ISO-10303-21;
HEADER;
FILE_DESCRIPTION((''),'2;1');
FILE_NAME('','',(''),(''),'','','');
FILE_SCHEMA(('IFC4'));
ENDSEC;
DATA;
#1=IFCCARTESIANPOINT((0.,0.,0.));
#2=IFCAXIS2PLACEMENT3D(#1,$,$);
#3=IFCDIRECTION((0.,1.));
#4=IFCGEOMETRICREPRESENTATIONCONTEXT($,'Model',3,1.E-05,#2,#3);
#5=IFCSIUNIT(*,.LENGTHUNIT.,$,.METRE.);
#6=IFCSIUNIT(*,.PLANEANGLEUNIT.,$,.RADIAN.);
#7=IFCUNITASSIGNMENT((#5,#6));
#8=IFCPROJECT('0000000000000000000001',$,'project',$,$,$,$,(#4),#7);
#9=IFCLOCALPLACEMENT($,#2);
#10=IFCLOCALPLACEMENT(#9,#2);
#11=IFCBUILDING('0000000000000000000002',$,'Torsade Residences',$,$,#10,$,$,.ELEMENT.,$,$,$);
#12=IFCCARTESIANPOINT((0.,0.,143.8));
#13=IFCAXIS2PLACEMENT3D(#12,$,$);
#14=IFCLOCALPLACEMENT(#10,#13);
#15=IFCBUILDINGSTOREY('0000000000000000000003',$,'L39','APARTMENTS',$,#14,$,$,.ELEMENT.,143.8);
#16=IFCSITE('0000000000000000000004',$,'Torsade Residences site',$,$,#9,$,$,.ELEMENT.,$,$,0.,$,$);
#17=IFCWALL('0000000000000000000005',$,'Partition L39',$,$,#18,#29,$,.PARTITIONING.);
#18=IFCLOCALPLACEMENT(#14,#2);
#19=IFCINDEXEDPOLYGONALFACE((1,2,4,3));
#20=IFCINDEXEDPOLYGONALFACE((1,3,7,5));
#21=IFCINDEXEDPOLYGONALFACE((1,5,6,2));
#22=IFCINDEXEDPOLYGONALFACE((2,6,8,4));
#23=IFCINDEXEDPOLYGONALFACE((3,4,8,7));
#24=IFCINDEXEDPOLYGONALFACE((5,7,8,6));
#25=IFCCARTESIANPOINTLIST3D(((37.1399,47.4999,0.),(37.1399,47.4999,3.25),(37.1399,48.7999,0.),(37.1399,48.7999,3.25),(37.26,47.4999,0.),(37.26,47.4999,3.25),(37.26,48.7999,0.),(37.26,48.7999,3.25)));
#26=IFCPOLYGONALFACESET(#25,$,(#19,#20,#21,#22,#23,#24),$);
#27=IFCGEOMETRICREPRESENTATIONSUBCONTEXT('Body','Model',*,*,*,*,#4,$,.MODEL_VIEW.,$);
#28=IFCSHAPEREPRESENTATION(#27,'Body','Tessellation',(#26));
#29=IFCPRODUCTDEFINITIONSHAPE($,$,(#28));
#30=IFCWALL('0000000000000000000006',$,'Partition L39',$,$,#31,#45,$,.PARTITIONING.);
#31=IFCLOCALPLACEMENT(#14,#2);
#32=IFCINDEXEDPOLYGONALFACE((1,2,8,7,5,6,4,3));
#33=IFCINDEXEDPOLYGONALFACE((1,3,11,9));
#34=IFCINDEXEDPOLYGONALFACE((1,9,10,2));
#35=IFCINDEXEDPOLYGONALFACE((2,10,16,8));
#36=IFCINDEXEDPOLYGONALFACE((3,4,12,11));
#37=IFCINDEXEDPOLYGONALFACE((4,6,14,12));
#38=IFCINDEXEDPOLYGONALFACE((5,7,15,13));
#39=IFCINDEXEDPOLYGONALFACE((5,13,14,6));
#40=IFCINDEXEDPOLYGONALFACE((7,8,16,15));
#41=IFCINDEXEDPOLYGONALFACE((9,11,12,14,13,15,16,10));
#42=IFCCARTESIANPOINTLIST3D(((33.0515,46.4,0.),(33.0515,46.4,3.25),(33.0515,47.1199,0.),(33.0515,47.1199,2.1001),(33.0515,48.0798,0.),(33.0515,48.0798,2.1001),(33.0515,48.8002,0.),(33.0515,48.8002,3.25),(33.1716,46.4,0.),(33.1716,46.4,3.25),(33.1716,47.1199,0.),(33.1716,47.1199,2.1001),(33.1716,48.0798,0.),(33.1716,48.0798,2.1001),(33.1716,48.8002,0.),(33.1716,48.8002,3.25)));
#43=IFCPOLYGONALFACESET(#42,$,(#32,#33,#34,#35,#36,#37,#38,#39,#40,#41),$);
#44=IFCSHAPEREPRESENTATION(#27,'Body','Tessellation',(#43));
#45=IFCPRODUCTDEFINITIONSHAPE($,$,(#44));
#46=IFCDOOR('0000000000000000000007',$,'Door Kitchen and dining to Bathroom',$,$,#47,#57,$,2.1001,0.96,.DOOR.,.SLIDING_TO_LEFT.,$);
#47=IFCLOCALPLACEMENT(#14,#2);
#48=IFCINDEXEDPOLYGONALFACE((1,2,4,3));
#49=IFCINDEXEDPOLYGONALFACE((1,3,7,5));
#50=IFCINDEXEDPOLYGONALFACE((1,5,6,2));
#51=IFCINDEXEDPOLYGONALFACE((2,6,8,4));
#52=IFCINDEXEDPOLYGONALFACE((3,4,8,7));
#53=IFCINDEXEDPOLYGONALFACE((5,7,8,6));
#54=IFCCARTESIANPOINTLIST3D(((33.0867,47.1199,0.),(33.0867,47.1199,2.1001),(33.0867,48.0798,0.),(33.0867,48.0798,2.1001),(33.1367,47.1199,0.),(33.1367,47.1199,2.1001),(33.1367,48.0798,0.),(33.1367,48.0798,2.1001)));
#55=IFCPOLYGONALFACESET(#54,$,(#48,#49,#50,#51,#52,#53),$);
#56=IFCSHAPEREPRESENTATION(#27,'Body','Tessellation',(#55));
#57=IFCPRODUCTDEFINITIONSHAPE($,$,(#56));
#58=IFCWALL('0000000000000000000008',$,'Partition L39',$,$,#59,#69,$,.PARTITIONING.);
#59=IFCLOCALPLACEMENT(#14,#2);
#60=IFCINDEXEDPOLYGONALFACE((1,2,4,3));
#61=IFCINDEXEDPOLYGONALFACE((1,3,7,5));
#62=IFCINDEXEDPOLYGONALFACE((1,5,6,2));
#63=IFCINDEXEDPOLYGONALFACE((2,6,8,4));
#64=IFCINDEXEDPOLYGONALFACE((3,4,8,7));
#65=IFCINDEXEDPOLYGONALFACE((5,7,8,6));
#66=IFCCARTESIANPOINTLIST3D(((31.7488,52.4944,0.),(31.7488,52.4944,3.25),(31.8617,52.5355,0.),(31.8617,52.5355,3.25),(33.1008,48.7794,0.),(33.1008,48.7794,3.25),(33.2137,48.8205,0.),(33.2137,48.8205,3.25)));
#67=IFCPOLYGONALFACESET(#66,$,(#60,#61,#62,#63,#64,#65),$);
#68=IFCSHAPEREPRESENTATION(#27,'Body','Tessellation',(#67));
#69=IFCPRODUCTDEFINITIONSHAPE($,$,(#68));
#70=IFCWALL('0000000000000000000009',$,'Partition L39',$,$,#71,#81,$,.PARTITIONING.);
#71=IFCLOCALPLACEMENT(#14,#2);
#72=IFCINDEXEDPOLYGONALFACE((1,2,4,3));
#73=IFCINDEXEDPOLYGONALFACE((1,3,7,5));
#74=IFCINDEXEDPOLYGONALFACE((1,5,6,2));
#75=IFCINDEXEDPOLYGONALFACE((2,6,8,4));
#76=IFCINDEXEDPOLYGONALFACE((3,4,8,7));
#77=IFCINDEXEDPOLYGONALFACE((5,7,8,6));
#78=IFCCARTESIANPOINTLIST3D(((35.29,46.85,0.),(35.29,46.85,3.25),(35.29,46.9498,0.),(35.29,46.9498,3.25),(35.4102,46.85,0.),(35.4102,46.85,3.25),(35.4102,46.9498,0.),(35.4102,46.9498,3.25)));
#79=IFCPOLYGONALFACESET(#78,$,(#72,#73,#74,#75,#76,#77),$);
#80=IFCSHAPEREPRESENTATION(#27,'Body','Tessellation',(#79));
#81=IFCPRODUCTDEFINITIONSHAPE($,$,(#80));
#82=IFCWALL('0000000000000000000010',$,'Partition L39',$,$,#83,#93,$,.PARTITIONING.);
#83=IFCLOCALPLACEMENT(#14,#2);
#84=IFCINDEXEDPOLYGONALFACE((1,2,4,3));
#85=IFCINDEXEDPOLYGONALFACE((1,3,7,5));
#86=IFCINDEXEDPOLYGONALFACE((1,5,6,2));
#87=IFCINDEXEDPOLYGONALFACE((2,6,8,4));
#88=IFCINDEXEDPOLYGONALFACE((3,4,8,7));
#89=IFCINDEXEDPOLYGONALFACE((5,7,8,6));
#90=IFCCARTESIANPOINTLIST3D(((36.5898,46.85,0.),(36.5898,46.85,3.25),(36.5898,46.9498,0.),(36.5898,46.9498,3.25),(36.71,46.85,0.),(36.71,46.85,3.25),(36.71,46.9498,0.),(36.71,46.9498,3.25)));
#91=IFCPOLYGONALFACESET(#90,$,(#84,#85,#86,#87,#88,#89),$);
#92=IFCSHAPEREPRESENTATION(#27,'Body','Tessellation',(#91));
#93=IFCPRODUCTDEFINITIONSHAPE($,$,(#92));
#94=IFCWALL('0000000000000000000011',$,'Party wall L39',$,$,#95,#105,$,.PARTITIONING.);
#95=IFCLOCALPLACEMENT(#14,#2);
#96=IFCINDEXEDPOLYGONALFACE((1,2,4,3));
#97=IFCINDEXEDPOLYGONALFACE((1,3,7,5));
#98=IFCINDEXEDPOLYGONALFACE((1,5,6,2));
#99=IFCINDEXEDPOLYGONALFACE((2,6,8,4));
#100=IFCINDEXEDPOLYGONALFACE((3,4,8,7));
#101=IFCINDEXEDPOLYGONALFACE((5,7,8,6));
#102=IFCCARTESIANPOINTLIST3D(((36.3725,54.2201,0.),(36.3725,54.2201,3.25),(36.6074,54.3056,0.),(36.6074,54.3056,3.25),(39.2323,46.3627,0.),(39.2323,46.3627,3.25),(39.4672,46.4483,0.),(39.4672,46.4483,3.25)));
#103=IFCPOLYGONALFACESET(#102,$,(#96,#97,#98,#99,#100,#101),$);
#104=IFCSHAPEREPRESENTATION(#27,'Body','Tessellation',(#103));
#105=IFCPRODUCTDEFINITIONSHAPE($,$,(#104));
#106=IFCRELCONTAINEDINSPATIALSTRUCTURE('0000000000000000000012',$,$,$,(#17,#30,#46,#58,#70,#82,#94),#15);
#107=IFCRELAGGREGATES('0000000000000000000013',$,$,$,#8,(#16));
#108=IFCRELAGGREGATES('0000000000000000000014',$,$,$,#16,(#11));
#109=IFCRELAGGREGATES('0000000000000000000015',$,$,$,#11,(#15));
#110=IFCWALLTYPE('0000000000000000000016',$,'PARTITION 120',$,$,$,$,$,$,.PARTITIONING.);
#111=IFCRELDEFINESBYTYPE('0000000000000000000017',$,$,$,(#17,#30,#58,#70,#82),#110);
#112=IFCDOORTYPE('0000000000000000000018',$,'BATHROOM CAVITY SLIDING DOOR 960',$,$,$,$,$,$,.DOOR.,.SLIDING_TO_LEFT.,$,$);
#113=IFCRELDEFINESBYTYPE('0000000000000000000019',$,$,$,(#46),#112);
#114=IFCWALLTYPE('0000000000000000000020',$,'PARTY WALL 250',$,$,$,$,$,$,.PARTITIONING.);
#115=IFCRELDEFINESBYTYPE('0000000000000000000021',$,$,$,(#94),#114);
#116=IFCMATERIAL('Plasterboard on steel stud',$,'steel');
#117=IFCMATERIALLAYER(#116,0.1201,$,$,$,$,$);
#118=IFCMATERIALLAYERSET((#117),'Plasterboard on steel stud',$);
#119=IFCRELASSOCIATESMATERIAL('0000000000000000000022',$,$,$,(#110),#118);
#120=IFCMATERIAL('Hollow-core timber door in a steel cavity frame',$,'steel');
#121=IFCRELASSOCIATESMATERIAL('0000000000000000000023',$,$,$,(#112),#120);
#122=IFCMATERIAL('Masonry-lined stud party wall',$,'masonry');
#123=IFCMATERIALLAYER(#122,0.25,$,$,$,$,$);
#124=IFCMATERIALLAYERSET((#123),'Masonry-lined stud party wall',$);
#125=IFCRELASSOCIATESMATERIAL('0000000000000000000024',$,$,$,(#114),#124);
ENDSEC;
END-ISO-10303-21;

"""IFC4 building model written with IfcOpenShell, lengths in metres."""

from ifc_helpers import new_model, si_unit, direction, frame, frame_2d, origin, place, context, subcontext, project, spatial, rectangle, extrude, material, layer, layer_set, type_object, element, fill, save


model = new_model("IFC4")

# Units and contexts
model_context = context("Model", 3, precision=1e-05, world=origin(), true_north=direction((0.0, 1.0)))
body_context = subcontext(model_context, "Body", "Model", "MODEL_VIEW")
ifc_project = project(units=[si_unit("LENGTHUNIT", "METRE"), si_unit("PLANEANGLEUNIT", "RADIAN")], contexts=[model_context])

# Site, building, storey
site_placement = place(None, origin())
site = spatial("IfcSite", under=ifc_project, at=site_placement, Name="Torsade Residences site", CompositionType="ELEMENT", RefElevation=0.0)
building_placement = place(site_placement, origin())
building = spatial("IfcBuilding", under=site, at=building_placement, Name="Torsade Residences", CompositionType="ELEMENT")
storey_placement = place(building_placement, frame((0.0, 0.0, 143.8)))
storey = spatial("IfcBuildingStorey", under=building, at=storey_placement, Name="L39", Description="APARTMENTS", CompositionType="ELEMENT", Elevation=143.8)

# Shared definitions
ifc_material_1 = material(Name="Plasterboard on steel stud", Category="steel")
ifc_layer_1 = layer(ifc_material_1, 0.1201)
ifc_layer_set_1 = layer_set([ifc_layer_1], Name="Plasterboard on steel stud")
wall_type_1 = type_object("IfcWallType", Name="PARTITION 120", PredefinedType="PARTITIONING", material=ifc_layer_set_1)
ifc_material_2 = material(Name="Hollow-core timber door in a steel cavity frame", Category="steel")
door_type_1 = type_object("IfcDoorType", Name="BATHROOM CAVITY SLIDING DOOR 960", OperationType="SLIDING_TO_LEFT", PredefinedType="DOOR", material=ifc_material_2)

# Wall
wall_1_placement = place(storey_placement, frame((37.2, 47.5, 0.0), z_axis=(0.0, 0.0, 1.0), x_axis=(0.0, 1.0, 0.0)))
element("IfcWall", 1, at=wall_1_placement, inside=storey, type_object=wall_type_1, Name="Partition L39", PredefinedType="PARTITIONING", context=body_context, shape_type="SweptSolid", body=[
    extrude(rectangle(XDim=1.3, YDim=0.1201, at=frame_2d((0.6499, 0.0))), origin(), (0.0, 0.0, 1.0), 3.25),
])

# Wall, opening, door
wall_2_placement = place(storey_placement, frame((33.1116, 46.3999, 0.0), z_axis=(0.0, 0.0, 1.0), x_axis=(0.0, 1.0, 0.0)))
wall_2 = element("IfcWall", 2, at=wall_2_placement, inside=storey, type_object=wall_type_1, Name="Partition L39", PredefinedType="PARTITIONING", context=body_context, shape_type="SweptSolid", body=[
    extrude(rectangle(XDim=2.4001, YDim=0.1201, at=frame_2d((1.2002, 0.0))), origin(), (0.0, 0.0, 1.0), 3.25),
])
opening_1_placement = place(wall_2_placement, frame((0.72, 0.0, 0.0)))
opening_1 = element("IfcOpeningElement", 3, at=opening_1_placement, cuts=wall_2, PredefinedType="OPENING", context=body_context, shape_type="SweptSolid", body=[
    extrude(rectangle(XDim=0.96, YDim=2.1001, at=frame_2d((0.48, 1.05))), frame((0.0, 0.0701, 0.0), z_axis=(0.0, -1.0, 0.0), x_axis=(1.0, 0.0, 0.0)), (0.0, 0.0, 1.0), 0.1401),
])
door_1_placement = place(opening_1_placement, origin())
door_1 = element("IfcDoor", 4, at=door_1_placement, inside=storey, type_object=door_type_1, Name="Door Kitchen and dining to Bathroom", OperationType="SLIDING_TO_LEFT", OverallHeight=2.1001, OverallWidth=0.96, PredefinedType="DOOR", context=body_context, shape_type="SweptSolid", body=[
    extrude(rectangle(XDim=0.96, YDim=2.1001, at=frame_2d((0.48, 1.05))), frame((0.0, 0.0249, 0.0), z_axis=(0.0, -1.0, 0.0), x_axis=(1.0, 0.0, 0.0)), (0.0, 0.0, 1.0), 0.05),
])
fill(opening_1, door_1)

# Walls
wall_3_placement = place(storey_placement, frame((33.1572, 48.8, 0.0), z_axis=(0.0, 0.0, 1.0), x_axis=(-0.341991, 0.939703, 0.0)))
element("IfcWall", 5, at=wall_3_placement, inside=storey, type_object=wall_type_1, Name="Partition L39", PredefinedType="PARTITIONING", context=body_context, shape_type="SweptSolid", body=[
    extrude(rectangle(XDim=3.9534, YDim=0.1201, at=frame_2d((1.9766, 0.0))), origin(), (0.0, 0.0, 1.0), 3.25),
])
for number, where, z_axis, x_axis, name in (
    (6, (35.3501, 46.8501, 0.0), (0.0, 0.0, 1.0), (0.0, 1.0, 0.0), "Partition L39"),
    (7, (36.6499, 46.8501, 0.0), (0.0, 0.0, 1.0), (0.0, 1.0, 0.0), "Partition L39"),
):
    element("IfcWall", number, at=place(storey_placement, frame(where, z_axis=z_axis, x_axis=x_axis)), inside=storey, type_object=wall_type_1, Name=name, PredefinedType="PARTITIONING", context=body_context, shape_type="SweptSolid", body=[
        extrude(rectangle(XDim=0.0999, YDim=0.1201, at=frame_2d((0.0498, 0.0))), origin(), (0.0, 0.0, 1.0), 3.25),
    ])
ifc_material_3 = material(Name="Masonry-lined stud party wall", Category="masonry")
ifc_layer_2 = layer(ifc_material_3, 0.25)
ifc_layer_set_2 = layer_set([ifc_layer_2], Name="Masonry-lined stud party wall")
wall_type_2 = type_object("IfcWallType", Name="PARTY WALL 250", PredefinedType="PARTITIONING", material=ifc_layer_set_2)
wall_4_placement = place(storey_placement, frame((36.49, 54.2627, 0.0), z_axis=(0.0, 0.0, 1.0), x_axis=(0.34202, -0.939693, 0.0)))
element("IfcWall", 8, at=wall_4_placement, inside=storey, type_object=wall_type_2, Name="Party wall L39", PredefinedType="PARTITIONING", context=body_context, shape_type="SweptSolid", body=[
    extrude(rectangle(XDim=8.3616, YDim=0.25, at=frame_2d((4.1807, 0.0))), origin(), (0.0, 0.0, 1.0), 3.25),
])

save(model, "model.ifc")
